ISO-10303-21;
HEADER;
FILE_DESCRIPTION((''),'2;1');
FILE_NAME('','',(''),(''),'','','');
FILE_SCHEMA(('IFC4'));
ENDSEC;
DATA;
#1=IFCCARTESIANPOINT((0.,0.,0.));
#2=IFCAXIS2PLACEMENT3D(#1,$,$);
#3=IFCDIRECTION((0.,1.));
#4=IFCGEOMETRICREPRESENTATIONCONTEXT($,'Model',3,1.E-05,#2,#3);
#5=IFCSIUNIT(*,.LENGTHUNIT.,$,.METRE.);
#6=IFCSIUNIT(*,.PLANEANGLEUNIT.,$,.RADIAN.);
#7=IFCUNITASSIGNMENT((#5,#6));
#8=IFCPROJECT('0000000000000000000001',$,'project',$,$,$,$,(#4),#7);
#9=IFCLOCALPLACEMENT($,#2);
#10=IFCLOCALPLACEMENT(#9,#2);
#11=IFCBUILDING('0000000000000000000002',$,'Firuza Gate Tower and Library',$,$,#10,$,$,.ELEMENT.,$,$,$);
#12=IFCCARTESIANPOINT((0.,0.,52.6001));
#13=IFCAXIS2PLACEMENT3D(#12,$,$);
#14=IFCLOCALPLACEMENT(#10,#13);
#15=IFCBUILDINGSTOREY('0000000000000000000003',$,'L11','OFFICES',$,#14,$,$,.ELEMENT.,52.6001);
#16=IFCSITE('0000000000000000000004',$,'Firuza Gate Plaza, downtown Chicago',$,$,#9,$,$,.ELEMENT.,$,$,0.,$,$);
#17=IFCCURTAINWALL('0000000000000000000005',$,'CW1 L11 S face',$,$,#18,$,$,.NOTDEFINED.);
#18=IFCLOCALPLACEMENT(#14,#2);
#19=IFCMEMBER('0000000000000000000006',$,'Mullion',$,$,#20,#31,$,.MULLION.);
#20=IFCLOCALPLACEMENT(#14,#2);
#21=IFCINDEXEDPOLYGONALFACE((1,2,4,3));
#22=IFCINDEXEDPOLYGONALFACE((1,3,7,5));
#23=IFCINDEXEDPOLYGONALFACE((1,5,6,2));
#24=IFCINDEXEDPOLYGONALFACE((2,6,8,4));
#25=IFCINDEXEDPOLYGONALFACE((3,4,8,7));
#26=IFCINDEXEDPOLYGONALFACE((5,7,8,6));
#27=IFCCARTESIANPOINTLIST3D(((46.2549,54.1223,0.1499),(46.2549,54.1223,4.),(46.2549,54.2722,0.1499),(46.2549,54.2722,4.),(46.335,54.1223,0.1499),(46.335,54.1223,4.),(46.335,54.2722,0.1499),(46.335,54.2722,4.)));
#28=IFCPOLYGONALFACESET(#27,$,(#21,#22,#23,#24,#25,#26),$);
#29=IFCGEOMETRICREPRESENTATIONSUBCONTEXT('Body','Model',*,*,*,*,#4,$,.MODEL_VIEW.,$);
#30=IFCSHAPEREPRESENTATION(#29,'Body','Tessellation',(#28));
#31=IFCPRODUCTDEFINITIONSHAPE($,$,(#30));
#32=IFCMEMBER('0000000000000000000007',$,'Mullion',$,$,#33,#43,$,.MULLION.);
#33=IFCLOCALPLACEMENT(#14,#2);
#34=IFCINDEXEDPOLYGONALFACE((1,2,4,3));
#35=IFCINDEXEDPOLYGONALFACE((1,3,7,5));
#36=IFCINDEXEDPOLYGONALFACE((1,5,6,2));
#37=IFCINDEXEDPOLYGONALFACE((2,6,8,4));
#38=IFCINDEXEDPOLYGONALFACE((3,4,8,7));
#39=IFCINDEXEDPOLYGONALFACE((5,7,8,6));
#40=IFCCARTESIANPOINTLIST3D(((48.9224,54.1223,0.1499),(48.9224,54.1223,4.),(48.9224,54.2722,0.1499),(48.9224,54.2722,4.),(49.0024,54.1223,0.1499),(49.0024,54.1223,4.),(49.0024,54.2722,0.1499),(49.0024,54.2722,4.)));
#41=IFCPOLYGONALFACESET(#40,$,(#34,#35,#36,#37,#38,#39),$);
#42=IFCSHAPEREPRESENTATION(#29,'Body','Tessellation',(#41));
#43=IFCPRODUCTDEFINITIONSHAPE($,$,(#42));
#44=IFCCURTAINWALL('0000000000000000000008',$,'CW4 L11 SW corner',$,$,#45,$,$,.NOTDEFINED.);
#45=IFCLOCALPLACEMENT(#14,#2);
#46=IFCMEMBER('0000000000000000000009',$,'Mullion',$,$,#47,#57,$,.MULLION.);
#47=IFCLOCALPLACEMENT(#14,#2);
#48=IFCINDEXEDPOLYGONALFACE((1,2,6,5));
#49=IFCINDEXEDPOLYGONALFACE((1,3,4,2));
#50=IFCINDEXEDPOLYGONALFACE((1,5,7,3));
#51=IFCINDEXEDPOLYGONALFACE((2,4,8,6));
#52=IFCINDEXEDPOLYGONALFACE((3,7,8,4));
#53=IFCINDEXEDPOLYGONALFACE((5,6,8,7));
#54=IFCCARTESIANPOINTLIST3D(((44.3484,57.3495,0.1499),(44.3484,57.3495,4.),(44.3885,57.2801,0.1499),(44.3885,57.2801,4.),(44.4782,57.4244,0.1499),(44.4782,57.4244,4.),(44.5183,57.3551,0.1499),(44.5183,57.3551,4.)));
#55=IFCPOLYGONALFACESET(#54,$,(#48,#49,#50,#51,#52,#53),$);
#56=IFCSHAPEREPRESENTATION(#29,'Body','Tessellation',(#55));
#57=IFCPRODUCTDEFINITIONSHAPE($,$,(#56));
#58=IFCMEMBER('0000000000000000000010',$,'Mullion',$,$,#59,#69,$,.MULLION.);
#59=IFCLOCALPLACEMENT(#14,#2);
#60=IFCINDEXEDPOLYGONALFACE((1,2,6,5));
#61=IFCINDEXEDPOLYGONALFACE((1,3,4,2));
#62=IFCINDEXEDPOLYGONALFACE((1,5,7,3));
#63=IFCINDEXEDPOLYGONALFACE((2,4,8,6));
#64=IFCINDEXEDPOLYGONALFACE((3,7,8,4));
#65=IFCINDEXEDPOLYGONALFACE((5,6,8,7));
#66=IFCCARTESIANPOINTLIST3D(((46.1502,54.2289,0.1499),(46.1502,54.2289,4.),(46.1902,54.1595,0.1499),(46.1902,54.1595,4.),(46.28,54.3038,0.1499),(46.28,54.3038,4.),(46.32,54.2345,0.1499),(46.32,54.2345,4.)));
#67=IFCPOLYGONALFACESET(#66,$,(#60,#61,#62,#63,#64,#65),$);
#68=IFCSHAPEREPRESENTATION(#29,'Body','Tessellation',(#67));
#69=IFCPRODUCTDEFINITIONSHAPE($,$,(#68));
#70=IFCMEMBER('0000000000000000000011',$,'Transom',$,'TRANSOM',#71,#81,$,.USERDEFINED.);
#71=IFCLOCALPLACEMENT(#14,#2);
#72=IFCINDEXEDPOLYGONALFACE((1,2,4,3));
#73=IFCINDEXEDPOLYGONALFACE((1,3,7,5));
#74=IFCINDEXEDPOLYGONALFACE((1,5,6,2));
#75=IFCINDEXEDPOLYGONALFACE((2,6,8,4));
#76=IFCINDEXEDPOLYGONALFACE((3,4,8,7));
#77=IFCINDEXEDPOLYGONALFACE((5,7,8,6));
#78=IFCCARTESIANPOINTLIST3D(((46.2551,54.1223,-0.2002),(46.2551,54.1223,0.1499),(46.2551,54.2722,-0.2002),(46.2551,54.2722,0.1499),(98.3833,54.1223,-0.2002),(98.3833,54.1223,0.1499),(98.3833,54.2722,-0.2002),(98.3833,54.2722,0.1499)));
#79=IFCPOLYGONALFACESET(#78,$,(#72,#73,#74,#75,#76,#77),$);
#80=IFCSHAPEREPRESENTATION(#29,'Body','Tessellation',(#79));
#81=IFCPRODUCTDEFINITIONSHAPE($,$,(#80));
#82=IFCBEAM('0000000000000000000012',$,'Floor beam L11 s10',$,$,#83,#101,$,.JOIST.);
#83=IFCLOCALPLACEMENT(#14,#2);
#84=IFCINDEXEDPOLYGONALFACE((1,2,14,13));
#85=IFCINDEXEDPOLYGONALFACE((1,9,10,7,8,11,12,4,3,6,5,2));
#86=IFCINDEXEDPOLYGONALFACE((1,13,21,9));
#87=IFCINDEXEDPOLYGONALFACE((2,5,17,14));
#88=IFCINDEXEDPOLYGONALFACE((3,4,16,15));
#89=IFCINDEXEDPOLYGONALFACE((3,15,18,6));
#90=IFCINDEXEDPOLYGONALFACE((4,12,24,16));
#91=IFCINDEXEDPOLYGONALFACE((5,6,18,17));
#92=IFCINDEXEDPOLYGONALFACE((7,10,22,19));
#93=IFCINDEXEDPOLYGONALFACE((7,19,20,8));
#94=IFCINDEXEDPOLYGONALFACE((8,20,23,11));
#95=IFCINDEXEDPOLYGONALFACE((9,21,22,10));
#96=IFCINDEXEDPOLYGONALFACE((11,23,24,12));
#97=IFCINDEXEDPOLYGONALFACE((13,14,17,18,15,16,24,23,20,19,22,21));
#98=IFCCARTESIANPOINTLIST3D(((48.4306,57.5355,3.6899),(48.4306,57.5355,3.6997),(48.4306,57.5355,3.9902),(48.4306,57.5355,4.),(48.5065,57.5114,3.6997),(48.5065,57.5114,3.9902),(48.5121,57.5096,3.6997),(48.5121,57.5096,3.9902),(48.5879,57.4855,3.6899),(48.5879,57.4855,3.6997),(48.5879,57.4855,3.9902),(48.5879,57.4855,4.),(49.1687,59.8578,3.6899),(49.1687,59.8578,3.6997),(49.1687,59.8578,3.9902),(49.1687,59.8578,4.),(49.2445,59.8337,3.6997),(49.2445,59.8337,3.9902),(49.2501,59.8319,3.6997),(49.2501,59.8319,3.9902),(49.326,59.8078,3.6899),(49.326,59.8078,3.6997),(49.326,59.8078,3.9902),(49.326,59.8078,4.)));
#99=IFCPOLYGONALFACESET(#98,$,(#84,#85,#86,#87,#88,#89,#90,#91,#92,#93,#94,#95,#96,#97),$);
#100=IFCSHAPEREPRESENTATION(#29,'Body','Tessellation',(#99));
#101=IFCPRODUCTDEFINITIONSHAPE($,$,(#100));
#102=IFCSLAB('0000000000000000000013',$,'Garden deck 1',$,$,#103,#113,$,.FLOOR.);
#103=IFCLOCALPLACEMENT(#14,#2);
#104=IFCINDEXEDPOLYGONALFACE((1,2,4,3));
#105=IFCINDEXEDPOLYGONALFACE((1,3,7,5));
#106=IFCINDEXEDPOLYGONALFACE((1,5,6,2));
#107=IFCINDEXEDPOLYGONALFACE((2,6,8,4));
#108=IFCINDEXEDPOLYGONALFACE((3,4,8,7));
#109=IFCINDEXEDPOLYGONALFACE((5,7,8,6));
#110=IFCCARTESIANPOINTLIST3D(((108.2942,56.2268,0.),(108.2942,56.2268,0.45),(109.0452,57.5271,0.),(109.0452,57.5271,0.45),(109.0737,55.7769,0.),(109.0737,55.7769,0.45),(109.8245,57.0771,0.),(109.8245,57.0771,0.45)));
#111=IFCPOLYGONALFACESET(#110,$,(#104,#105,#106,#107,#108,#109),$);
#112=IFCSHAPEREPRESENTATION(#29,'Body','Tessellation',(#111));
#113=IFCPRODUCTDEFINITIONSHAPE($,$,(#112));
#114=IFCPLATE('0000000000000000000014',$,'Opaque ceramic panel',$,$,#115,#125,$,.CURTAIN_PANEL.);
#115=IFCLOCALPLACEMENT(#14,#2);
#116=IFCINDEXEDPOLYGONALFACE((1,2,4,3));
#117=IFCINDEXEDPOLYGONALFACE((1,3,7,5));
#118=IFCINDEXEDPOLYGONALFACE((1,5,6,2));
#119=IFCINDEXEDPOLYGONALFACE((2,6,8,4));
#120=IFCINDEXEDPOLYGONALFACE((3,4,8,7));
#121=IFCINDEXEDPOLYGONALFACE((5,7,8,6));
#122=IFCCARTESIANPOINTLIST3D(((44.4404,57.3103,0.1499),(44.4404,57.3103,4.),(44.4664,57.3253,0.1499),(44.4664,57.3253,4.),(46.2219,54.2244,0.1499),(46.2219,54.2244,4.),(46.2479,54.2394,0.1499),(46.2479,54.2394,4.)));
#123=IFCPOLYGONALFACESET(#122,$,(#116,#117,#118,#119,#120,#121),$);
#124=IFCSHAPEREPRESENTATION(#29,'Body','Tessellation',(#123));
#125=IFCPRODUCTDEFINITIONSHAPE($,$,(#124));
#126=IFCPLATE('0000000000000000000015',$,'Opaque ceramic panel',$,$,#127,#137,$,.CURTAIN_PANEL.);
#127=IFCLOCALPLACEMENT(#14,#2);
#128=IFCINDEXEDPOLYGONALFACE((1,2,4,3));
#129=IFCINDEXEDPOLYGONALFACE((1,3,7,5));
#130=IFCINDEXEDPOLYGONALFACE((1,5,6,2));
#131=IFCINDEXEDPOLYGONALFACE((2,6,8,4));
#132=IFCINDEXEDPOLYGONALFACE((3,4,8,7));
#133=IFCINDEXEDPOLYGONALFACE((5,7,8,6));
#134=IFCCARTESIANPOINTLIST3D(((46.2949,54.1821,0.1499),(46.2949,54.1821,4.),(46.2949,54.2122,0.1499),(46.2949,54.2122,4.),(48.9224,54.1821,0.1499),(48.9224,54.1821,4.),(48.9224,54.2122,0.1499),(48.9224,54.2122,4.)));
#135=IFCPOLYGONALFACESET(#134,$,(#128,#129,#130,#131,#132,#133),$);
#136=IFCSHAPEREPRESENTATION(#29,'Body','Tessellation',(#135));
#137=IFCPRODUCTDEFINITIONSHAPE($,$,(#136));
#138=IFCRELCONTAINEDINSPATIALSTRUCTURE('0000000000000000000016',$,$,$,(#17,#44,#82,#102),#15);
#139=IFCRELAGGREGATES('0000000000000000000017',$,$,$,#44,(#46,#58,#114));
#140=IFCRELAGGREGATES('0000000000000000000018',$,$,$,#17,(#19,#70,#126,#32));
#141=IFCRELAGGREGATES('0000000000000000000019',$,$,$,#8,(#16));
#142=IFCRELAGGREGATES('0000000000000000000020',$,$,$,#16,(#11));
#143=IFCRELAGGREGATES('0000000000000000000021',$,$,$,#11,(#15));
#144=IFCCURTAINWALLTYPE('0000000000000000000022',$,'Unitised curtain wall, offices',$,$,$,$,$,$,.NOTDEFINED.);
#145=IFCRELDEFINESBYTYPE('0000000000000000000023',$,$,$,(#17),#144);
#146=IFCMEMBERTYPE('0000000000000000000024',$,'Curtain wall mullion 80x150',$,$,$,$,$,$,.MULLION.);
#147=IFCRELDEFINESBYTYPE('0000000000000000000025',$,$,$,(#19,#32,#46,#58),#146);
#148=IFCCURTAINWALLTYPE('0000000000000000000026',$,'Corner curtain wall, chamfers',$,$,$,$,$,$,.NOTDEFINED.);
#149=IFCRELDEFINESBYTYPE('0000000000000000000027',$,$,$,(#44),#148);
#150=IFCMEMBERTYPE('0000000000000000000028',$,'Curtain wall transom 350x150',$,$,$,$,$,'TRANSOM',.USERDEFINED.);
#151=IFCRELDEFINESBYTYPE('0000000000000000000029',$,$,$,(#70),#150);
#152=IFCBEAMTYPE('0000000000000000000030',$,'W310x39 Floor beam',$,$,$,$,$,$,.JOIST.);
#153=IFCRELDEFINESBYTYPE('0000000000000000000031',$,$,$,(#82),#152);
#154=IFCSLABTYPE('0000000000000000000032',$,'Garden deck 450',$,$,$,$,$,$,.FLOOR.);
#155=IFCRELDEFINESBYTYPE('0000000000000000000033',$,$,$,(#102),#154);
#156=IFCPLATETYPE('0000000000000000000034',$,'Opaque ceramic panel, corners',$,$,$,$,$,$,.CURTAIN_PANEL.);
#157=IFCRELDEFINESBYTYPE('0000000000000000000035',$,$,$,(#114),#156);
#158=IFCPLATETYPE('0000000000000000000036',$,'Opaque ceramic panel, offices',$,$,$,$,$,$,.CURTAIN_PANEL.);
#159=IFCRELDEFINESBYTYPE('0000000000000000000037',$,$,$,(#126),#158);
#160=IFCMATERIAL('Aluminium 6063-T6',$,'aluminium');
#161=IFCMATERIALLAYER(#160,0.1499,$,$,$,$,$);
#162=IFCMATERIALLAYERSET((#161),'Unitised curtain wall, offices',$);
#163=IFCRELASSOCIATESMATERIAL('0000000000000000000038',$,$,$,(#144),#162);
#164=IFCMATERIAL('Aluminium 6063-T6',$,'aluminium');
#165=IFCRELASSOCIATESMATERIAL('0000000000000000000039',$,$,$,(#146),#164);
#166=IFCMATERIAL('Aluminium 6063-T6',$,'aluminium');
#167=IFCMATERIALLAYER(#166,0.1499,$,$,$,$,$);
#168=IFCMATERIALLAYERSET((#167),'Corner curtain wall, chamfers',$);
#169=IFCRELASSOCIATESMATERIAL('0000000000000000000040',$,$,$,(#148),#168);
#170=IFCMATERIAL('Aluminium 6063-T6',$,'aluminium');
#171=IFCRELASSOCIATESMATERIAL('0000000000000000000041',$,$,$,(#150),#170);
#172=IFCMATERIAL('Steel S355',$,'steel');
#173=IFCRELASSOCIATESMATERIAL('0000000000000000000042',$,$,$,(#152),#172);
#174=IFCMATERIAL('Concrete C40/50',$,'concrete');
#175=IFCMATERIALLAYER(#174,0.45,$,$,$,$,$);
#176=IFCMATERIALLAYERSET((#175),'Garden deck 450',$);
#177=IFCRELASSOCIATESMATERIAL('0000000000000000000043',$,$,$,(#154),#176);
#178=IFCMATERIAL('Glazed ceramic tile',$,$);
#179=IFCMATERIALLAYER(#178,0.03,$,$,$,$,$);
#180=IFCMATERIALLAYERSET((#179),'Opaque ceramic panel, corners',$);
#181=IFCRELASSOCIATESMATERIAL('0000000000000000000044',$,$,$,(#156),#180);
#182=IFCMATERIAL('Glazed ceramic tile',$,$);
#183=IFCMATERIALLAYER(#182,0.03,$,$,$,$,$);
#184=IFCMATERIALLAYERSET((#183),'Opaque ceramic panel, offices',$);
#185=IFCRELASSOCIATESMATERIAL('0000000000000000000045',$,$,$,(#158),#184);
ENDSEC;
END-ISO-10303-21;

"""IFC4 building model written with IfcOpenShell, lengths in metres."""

from ifc_helpers import new_model, si_unit, direction, frame, origin, origin_2d, place, context, subcontext, project, spatial, polyline, rectangle, i_section, outline, extrude, material, layer, layer_set, material_profile, profile_set, type_object, element, aggregate, save


model = new_model("IFC4")

# Units and contexts
model_context = context("Model", 3, precision=1e-05, world=origin(), true_north=direction((0.0, 1.0)))
body_context = subcontext(model_context, "Body", "Model", "MODEL_VIEW")
ifc_project = project(units=[si_unit("LENGTHUNIT", "METRE"), si_unit("PLANEANGLEUNIT", "RADIAN")], contexts=[model_context])

# Site, building, storey
site_placement = place(None, origin())
site = spatial("IfcSite", under=ifc_project, at=site_placement, Name="Firuza Gate Plaza, downtown Chicago", CompositionType="ELEMENT", RefElevation=0.0)
building_placement = place(site_placement, origin())
building = spatial("IfcBuilding", under=site, at=building_placement, Name="Firuza Gate Tower and Library", CompositionType="ELEMENT")
storey_placement = place(building_placement, frame((0.0, 0.0, 52.6001)))
storey = spatial("IfcBuildingStorey", under=building, at=storey_placement, Name="L11", Description="OFFICES", CompositionType="ELEMENT", Elevation=52.6001)

# Curtain walls, members
ifc_material_1 = material(Name="Aluminium 6063-T6", Category="aluminium")
ifc_layer_1 = layer(ifc_material_1, 0.1499)
ifc_layer_set_1 = layer_set([ifc_layer_1], Name="Unitised curtain wall, offices")
curtain_wall_type_1 = type_object("IfcCurtainWallType", Name="Unitised curtain wall, offices", PredefinedType="NOTDEFINED", material=ifc_layer_set_1)
placement_1 = place(storey_placement, origin())
curtain_wall_1 = element("IfcCurtainWall", 1, at=placement_1, inside=storey, type_object=curtain_wall_type_1, Name="CW1 L11 S face", PredefinedType="NOTDEFINED")
ifc_material_2 = material(Name="Aluminium 6063-T6", Category="aluminium")
ifc_material_profile_1 = material_profile(ifc_material_2, rectangle(XDim=0.1499, YDim=0.0801, at=origin_2d()))
ifc_profile_set_1 = profile_set([ifc_material_profile_1], Name="Aluminium 6063-T6")
member_type_1 = type_object("IfcMemberType", Name="Curtain wall mullion 80x150", PredefinedType="MULLION", material=ifc_profile_set_1)
member_1_placement = place(storey_placement, frame((46.2949, 54.1973, 0.1499), z_axis=(0.0, 0.0, 1.0), x_axis=(0.0, 1.0, 0.0)))
member_1 = element("IfcMember", 2, at=member_1_placement, type_object=member_type_1, Name="Mullion", PredefinedType="MULLION", context=body_context, shape_type="SweptSolid", body=[
    extrude(rectangle(XDim=0.1499, YDim=0.0801, at=origin_2d()), origin(), (0.0, 0.0, 1.0), 3.8501),
])
member_2_placement = place(storey_placement, frame((48.9624, 54.1973, 0.1499), z_axis=(0.0, 0.0, 1.0), x_axis=(0.0, 1.0, 0.0)))
member_2 = element("IfcMember", 3, at=member_2_placement, type_object=member_type_1, Name="Mullion", PredefinedType="MULLION", context=body_context, shape_type="SweptSolid", body=[
    extrude(rectangle(XDim=0.1499, YDim=0.0801, at=origin_2d()), origin(), (0.0, 0.0, 1.0), 3.8501),
])
ifc_material_3 = material(Name="Aluminium 6063-T6", Category="aluminium")
ifc_layer_2 = layer(ifc_material_3, 0.1499)
ifc_layer_set_2 = layer_set([ifc_layer_2], Name="Corner curtain wall, chamfers")
curtain_wall_type_2 = type_object("IfcCurtainWallType", Name="Corner curtain wall, chamfers", PredefinedType="NOTDEFINED", material=ifc_layer_set_2)
curtain_wall_2 = element("IfcCurtainWall", 4, at=placement_1, inside=storey, type_object=curtain_wall_type_2, Name="CW4 L11 SW corner", PredefinedType="NOTDEFINED")
member_3_placement = place(storey_placement, frame((44.4333, 57.3523, 0.1499), z_axis=(0.0, 0.0, 1.0), x_axis=(0.866025, 0.5, 0.0)))
member_3 = element("IfcMember", 5, at=member_3_placement, type_object=member_type_1, Name="Mullion", PredefinedType="MULLION", context=body_context, shape_type="SweptSolid", body=[
    extrude(rectangle(XDim=0.1499, YDim=0.0801, at=origin_2d()), origin(), (0.0, 0.0, 1.0), 3.8501),
])
member_4_placement = place(storey_placement, frame((46.2351, 54.2317, 0.1499), z_axis=(0.0, 0.0, 1.0), x_axis=(0.866025, 0.5, 0.0)))
member_4 = element("IfcMember", 6, at=member_4_placement, type_object=member_type_1, Name="Mullion", PredefinedType="MULLION", context=body_context, shape_type="SweptSolid", body=[
    extrude(rectangle(XDim=0.1499, YDim=0.0801, at=origin_2d()), origin(), (0.0, 0.0, 1.0), 3.8501),
])

# Member
ifc_material_4 = material(Name="Aluminium 6063-T6", Category="aluminium")
ifc_material_profile_2 = material_profile(ifc_material_4, rectangle(XDim=0.1499, YDim=0.3501, at=origin_2d()))
ifc_profile_set_2 = profile_set([ifc_material_profile_2], Name="Aluminium 6063-T6")
member_type_2 = type_object("IfcMemberType", Name="Curtain wall transom 350x150", ElementType="TRANSOM", PredefinedType="USERDEFINED", material=ifc_profile_set_2)
member_5_placement = place(storey_placement, frame((46.2551, 54.1973, -0.0251), z_axis=(1.0, 0.0, 0.0), x_axis=(0.0, 1.0, 0.0)))
member_5 = element("IfcMember", 7, at=member_5_placement, type_object=member_type_2, Name="Transom", ObjectType="TRANSOM", PredefinedType="USERDEFINED", context=body_context, shape_type="SweptSolid", body=[
    extrude(rectangle(XDim=0.1499, YDim=0.3501, at=origin_2d()), origin(), (0.0, 0.0, 1.0), 52.1282),
])

# Beam
ifc_material_5 = material(Name="Steel S355", Category="steel")
ifc_material_profile_3 = material_profile(ifc_material_5, i_section(OverallWidth=0.165, OverallDepth=0.3101, WebThickness=0.0059, FlangeThickness=0.0098, at=origin_2d()))
ifc_profile_set_3 = profile_set([ifc_material_profile_3], Name="Steel S355")
beam_type = type_object("IfcBeamType", Name="W310x39 Floor beam", PredefinedType="JOIST", material=ifc_profile_set_3)
beam_placement = place(storey_placement, frame((48.5093, 57.5105, 3.845), z_axis=(0.302881, 0.953028, 0.0), x_axis=(-0.953028, 0.302881, 0.0)))
element("IfcBeam", 8, at=beam_placement, inside=storey, type_object=beam_type, Name="Floor beam L11 s10", PredefinedType="JOIST", context=body_context, shape_type="SweptSolid", body=[
    extrude(i_section(OverallWidth=0.165, OverallDepth=0.3101, WebThickness=0.0059, FlangeThickness=0.0098, at=origin_2d()), origin(), (0.0, 0.0, 1.0), 2.4368),
])

# Slab
ifc_material_6 = material(Name="Concrete C40/50", Category="concrete")
ifc_layer_3 = layer(ifc_material_6, 0.45)
ifc_layer_set_3 = layer_set([ifc_layer_3], Name="Garden deck 450")
slab_type_1 = type_object("IfcSlabType", Name="Garden deck 450", PredefinedType="FLOOR", material=ifc_layer_set_3)
element("IfcSlab", 9, at=placement_1, inside=storey, type_object=slab_type_1, Name="Garden deck 1", PredefinedType="FLOOR", context=body_context, shape_type="SweptSolid", body=[
    extrude(outline(polyline([(109.0737, 55.7769), (109.8245, 57.0771), (109.0452, 57.5271), (108.2942, 56.2268), (109.0737, 55.7769)])), origin(), (0.0, 0.0, 1.0), 0.45),
])

# Plates
ifc_material_7 = material(Name="Glazed ceramic tile")
ifc_layer_4 = layer(ifc_material_7, 0.03)
ifc_layer_set_4 = layer_set([ifc_layer_4], Name="Opaque ceramic panel, corners")
plate_type_1 = type_object("IfcPlateType", Name="Opaque ceramic panel, corners", PredefinedType="CURTAIN_PANEL", material=ifc_layer_set_4)
plate_1_placement = place(storey_placement, frame((44.4404, 57.3103, 0.1499), z_axis=(-0.866046, -0.499964, 0.0), x_axis=(0.499964, -0.866046, 0.0)))
plate_1 = element("IfcPlate", 10, at=plate_1_placement, type_object=plate_type_1, Name="Opaque ceramic panel", PredefinedType="CURTAIN_PANEL", context=body_context, shape_type="SweptSolid", body=[
    extrude(outline(polyline([(0.0, 0.0), (3.5632, 0.0), (3.5632, 3.8501), (0.0, 3.8501), (0.0, 0.0)])), origin(), (0.0, 0.0, -1.0), 0.03),
])
aggregate(curtain_wall_2, [member_3, member_4, plate_1])
ifc_material_8 = material(Name="Glazed ceramic tile")
ifc_layer_5 = layer(ifc_material_8, 0.03)
ifc_layer_set_5 = layer_set([ifc_layer_5], Name="Opaque ceramic panel, offices")
plate_type_2 = type_object("IfcPlateType", Name="Opaque ceramic panel, offices", PredefinedType="CURTAIN_PANEL", material=ifc_layer_set_5)
plate_2_placement = place(storey_placement, frame((46.2949, 54.1821, 0.1499), z_axis=(0.0, -1.0, 0.0), x_axis=(1.0, 0.0, 0.0)))
plate_2 = element("IfcPlate", 11, at=plate_2_placement, type_object=plate_type_2, Name="Opaque ceramic panel", PredefinedType="CURTAIN_PANEL", context=body_context, shape_type="SweptSolid", body=[
    extrude(outline(polyline([(0.0, 0.0), (2.6274, 0.0), (2.6274, 3.8501), (0.0, 3.8501), (0.0, 0.0)])), origin(), (0.0, 0.0, -1.0), 0.03),
])
aggregate(curtain_wall_1, [member_1, member_5, plate_2, member_2])

save(model, "model.ifc")
